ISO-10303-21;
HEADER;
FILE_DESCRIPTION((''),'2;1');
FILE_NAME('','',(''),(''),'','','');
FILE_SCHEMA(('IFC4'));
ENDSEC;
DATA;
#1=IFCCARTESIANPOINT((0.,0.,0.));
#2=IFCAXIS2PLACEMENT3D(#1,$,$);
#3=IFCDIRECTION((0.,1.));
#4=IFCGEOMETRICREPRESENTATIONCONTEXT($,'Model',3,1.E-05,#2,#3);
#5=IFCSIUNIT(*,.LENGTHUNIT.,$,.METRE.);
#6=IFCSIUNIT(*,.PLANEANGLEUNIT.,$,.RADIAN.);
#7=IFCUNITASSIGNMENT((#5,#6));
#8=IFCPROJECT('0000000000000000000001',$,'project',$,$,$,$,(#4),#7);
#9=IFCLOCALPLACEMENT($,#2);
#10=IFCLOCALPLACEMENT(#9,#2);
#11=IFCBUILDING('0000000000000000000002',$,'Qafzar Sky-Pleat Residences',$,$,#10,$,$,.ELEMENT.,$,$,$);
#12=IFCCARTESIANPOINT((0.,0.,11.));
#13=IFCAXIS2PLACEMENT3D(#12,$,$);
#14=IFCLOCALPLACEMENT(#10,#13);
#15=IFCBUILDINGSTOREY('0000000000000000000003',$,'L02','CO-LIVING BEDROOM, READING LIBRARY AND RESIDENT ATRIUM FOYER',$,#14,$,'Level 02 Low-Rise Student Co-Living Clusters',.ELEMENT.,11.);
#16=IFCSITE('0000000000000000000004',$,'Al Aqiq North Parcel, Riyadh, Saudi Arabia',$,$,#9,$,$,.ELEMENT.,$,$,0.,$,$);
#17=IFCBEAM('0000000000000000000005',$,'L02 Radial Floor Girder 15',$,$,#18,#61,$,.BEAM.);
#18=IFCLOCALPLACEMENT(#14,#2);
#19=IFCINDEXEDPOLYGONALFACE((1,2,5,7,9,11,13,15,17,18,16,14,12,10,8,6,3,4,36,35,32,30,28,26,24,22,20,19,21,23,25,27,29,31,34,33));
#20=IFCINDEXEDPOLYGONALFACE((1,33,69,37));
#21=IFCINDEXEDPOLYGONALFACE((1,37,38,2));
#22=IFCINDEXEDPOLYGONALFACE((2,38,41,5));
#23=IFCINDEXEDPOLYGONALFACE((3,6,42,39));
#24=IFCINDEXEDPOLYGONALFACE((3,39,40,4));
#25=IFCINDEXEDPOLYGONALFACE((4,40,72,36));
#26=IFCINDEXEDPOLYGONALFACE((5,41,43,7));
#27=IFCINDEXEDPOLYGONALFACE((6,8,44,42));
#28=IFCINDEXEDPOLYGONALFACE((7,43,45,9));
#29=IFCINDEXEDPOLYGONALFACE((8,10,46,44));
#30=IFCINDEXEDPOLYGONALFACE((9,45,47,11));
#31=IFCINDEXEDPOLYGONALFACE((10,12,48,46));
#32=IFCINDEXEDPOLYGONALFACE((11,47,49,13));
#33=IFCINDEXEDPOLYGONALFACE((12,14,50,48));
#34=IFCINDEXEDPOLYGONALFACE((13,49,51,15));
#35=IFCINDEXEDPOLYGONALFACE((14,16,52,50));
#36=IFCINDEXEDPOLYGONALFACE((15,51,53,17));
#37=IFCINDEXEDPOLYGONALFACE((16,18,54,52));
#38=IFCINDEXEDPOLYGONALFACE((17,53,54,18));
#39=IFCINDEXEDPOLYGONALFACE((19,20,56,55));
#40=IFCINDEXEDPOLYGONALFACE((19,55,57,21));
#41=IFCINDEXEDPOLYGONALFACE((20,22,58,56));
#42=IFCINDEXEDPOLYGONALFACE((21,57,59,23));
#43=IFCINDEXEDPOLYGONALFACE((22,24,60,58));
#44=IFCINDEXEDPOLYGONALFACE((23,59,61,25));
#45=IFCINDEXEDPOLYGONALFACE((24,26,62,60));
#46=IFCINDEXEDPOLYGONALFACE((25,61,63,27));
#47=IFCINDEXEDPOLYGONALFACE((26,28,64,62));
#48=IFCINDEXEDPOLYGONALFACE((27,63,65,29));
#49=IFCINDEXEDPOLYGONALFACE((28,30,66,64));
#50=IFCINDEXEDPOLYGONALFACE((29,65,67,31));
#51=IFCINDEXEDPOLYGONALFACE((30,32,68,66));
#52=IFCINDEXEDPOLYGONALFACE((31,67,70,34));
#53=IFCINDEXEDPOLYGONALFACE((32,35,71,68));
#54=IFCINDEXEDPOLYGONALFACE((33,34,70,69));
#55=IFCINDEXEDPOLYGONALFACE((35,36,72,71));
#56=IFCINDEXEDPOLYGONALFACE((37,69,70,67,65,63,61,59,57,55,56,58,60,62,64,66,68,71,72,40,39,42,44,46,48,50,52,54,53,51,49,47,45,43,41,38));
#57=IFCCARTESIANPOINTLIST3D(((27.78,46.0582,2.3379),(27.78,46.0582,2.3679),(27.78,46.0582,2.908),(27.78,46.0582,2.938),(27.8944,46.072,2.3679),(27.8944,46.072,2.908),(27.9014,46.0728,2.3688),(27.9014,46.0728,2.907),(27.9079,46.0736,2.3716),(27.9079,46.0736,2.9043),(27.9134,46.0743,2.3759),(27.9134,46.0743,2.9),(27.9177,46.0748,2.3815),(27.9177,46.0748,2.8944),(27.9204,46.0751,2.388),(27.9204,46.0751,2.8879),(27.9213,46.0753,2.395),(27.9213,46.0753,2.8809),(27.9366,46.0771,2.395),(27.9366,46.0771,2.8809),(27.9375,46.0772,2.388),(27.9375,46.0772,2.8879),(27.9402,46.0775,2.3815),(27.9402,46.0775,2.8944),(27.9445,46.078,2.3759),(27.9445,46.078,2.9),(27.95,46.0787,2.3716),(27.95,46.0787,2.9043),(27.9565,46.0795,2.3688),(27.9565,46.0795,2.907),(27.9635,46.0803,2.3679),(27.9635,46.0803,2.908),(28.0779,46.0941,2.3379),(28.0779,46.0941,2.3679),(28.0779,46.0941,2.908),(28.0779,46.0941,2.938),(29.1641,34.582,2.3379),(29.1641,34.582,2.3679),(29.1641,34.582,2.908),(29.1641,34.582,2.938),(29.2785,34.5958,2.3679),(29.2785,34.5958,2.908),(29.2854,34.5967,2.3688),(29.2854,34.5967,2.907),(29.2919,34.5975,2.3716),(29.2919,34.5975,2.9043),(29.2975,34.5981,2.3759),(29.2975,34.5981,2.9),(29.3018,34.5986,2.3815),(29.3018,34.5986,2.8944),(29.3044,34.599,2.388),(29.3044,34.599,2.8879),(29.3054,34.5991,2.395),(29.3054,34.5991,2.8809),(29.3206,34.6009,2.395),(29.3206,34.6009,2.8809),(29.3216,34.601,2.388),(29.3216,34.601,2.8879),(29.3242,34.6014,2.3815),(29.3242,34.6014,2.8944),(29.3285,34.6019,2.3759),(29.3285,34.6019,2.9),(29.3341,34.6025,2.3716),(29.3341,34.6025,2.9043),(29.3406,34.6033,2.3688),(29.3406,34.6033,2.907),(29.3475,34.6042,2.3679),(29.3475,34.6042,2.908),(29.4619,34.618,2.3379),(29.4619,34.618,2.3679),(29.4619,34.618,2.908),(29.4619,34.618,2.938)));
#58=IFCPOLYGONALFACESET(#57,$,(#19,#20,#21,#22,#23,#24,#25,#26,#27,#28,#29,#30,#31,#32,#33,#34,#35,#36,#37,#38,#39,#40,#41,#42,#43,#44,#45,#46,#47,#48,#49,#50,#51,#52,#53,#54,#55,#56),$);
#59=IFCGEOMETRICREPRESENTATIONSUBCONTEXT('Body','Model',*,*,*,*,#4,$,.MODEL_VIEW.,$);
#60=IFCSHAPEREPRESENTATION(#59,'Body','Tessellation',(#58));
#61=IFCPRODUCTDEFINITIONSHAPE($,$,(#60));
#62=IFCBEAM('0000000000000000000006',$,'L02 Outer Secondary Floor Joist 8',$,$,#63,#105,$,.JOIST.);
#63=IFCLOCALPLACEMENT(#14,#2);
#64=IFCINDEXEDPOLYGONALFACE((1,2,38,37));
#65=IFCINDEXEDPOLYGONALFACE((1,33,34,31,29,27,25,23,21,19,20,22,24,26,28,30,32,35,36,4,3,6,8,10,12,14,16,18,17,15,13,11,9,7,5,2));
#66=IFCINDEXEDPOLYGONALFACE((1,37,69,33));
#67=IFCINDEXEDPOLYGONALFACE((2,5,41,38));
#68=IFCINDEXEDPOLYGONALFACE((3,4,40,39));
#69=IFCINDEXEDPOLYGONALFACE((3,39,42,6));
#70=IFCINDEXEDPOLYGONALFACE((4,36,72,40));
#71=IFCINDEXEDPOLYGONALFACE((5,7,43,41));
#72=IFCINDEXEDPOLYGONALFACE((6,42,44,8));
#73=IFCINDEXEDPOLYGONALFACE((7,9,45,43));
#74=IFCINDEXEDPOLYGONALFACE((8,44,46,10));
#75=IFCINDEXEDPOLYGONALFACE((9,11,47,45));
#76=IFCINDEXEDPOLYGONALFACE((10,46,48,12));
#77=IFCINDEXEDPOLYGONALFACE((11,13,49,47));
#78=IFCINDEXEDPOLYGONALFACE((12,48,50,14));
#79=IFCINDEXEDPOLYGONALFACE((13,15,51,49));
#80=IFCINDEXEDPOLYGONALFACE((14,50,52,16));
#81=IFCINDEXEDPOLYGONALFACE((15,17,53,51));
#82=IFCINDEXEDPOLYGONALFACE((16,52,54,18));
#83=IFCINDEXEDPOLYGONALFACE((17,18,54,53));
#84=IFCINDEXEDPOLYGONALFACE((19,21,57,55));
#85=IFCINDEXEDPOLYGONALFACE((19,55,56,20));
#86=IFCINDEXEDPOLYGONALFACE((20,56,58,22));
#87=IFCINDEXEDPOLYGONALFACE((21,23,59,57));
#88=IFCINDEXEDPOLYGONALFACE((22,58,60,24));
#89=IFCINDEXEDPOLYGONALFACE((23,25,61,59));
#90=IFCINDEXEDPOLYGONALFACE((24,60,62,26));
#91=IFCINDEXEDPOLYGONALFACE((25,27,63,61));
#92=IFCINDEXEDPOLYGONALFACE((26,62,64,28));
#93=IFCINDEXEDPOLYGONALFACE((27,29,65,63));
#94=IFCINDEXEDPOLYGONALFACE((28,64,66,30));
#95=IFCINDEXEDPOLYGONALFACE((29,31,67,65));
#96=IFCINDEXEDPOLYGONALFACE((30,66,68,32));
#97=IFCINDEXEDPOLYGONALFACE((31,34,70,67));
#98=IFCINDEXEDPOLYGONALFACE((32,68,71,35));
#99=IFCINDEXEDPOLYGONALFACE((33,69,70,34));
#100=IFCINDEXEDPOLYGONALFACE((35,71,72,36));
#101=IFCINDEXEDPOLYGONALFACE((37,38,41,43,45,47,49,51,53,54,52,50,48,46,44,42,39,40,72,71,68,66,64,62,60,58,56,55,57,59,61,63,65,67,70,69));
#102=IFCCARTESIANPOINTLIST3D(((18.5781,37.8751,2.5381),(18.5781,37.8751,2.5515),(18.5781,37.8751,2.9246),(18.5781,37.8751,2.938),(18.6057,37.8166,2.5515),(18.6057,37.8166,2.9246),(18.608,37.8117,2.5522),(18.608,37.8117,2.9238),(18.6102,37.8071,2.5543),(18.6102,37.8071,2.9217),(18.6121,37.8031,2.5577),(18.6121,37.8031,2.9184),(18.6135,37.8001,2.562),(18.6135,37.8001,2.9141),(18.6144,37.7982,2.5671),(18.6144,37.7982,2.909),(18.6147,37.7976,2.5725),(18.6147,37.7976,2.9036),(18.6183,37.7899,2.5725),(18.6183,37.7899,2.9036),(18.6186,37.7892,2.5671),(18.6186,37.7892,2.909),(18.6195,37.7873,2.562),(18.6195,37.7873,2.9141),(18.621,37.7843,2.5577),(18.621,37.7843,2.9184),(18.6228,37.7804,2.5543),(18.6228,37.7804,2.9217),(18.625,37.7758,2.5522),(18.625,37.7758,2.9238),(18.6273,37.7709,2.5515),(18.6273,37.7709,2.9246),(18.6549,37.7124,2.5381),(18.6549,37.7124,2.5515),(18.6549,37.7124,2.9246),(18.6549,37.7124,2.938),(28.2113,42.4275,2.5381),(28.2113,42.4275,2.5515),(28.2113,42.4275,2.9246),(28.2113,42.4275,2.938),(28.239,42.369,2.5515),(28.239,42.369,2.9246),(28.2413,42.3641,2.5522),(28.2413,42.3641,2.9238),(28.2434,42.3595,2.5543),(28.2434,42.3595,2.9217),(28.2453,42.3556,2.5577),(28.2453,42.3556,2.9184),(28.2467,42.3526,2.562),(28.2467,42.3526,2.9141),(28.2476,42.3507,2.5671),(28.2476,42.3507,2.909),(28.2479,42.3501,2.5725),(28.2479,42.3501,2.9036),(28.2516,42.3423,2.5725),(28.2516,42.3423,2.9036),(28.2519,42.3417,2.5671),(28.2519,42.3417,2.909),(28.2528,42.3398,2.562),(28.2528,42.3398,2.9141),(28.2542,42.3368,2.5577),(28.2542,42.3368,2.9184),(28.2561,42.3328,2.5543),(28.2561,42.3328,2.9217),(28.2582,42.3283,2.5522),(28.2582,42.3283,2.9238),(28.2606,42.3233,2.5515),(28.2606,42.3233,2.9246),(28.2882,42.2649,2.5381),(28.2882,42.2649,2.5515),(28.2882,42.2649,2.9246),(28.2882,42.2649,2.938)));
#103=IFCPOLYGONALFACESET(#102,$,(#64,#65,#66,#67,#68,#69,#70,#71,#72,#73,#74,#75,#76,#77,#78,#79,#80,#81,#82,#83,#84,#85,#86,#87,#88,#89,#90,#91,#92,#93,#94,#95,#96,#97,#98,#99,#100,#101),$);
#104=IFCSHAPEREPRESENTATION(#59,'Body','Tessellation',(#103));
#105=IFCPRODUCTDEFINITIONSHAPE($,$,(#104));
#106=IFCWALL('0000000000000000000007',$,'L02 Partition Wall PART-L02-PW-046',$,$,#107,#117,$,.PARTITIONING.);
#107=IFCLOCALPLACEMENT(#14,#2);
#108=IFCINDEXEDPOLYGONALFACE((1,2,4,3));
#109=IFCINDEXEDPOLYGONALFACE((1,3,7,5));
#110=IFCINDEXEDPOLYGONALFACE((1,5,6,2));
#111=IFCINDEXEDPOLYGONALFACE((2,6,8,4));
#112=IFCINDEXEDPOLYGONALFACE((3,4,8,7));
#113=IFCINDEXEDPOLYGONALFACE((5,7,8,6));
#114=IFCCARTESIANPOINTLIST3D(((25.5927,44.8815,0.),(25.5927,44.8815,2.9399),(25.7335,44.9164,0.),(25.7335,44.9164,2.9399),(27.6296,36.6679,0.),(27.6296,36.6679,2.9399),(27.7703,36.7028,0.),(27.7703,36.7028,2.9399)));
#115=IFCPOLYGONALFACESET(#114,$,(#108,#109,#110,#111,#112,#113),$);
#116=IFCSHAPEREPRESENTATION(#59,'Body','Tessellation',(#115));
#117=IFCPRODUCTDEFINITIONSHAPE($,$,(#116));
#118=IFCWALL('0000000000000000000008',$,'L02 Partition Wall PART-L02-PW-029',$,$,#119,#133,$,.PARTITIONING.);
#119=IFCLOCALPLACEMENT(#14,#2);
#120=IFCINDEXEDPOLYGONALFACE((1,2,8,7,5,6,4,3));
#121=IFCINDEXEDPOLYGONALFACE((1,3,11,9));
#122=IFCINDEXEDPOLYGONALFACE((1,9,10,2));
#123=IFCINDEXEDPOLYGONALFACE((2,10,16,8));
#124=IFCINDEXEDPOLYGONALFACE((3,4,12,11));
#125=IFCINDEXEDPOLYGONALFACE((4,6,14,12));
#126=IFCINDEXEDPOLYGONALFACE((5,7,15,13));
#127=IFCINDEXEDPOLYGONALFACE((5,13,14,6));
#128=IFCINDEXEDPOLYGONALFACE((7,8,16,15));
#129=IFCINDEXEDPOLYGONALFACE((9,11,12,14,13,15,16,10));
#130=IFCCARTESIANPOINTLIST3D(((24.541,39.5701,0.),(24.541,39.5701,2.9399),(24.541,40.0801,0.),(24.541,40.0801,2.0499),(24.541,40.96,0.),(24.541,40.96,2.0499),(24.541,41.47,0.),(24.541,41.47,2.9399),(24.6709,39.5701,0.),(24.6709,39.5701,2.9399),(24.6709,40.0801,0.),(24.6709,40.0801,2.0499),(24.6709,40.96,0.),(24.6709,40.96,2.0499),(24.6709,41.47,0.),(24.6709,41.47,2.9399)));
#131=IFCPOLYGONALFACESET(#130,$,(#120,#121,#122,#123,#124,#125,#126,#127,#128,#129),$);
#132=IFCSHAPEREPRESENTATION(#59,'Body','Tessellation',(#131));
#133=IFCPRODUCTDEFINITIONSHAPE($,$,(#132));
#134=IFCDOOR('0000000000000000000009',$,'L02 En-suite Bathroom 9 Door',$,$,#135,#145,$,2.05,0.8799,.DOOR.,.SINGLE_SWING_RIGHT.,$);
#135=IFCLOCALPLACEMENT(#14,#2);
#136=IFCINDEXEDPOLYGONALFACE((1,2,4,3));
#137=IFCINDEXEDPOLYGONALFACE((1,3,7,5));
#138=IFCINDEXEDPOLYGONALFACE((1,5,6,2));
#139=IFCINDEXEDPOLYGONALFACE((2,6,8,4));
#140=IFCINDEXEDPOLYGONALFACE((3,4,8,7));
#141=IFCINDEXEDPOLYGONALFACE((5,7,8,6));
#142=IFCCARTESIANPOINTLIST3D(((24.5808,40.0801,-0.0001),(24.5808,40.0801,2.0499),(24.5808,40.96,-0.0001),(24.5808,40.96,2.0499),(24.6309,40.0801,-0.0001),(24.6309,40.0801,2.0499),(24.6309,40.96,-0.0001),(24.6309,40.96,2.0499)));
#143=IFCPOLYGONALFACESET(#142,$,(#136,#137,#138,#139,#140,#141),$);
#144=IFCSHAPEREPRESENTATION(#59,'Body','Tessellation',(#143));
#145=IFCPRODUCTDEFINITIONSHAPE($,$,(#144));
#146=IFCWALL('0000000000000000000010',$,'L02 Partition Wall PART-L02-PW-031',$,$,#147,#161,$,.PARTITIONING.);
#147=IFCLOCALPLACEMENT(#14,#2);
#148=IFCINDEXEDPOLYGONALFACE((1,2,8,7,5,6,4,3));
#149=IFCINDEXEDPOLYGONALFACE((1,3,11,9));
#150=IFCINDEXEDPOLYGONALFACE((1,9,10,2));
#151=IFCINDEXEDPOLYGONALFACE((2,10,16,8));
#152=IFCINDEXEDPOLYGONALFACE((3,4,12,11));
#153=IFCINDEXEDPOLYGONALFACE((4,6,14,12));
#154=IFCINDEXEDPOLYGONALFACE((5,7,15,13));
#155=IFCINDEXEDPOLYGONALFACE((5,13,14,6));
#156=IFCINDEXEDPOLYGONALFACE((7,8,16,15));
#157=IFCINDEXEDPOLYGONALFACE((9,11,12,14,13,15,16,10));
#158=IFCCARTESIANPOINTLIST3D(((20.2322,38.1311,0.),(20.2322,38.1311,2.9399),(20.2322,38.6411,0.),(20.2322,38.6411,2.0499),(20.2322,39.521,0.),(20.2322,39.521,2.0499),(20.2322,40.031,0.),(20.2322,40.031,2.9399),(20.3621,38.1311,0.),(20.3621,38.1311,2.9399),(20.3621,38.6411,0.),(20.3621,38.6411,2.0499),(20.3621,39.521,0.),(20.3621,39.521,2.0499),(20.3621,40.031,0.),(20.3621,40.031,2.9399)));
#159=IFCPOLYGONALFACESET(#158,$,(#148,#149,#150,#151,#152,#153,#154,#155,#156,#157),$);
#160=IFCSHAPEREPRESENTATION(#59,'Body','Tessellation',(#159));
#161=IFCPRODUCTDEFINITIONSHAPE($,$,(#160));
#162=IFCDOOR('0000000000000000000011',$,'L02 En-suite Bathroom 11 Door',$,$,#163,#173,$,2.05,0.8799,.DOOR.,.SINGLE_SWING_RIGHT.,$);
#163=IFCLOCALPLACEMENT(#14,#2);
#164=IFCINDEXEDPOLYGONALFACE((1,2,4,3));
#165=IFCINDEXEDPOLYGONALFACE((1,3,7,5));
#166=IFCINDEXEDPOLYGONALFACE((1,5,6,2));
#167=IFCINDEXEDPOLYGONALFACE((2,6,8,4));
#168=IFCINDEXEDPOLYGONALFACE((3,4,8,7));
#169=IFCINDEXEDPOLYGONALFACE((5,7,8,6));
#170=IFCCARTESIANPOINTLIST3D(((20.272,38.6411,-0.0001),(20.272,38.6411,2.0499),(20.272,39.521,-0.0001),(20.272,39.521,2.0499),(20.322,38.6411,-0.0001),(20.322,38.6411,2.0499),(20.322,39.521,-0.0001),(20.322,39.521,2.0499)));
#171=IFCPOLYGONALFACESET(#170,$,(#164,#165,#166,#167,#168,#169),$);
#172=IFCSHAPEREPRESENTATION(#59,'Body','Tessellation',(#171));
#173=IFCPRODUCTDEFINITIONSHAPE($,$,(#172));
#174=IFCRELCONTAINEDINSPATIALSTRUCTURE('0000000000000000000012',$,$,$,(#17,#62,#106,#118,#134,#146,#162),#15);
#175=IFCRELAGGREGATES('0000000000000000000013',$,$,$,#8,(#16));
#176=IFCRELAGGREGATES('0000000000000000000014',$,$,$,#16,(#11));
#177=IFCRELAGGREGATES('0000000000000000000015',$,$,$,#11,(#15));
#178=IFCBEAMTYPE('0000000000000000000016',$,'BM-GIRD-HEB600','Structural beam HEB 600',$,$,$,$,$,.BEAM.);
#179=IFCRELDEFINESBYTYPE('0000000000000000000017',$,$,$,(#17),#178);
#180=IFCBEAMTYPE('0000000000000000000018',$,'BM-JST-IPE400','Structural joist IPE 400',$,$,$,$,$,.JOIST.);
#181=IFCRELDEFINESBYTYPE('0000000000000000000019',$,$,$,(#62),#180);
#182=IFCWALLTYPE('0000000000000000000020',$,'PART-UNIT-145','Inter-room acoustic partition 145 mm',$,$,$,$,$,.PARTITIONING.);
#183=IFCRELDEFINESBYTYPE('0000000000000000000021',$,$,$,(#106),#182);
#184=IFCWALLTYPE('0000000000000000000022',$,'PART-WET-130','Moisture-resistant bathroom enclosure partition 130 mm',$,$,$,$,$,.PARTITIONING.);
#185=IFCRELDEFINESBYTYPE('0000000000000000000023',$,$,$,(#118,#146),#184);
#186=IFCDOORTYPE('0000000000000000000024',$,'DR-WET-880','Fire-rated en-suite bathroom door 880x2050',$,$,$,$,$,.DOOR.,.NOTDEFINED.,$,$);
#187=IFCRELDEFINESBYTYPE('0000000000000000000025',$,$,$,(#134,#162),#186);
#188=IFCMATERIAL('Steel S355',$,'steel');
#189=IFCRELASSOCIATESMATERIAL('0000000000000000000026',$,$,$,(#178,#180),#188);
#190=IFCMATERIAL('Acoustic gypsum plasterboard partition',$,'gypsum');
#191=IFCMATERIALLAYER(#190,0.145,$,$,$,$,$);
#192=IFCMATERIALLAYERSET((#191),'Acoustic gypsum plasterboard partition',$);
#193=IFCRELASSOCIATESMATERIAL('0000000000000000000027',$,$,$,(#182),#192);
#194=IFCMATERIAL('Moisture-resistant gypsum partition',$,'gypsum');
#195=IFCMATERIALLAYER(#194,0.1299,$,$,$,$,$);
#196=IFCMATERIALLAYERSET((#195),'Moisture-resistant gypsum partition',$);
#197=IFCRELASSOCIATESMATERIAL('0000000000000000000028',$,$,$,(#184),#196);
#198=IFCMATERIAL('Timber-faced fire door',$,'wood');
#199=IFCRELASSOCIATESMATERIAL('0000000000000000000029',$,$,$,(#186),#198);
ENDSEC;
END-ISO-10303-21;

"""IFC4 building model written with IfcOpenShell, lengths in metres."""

from ifc_helpers import new_model, si_unit, direction, frame, frame_2d, origin, origin_2d, place, context, subcontext, project, spatial, rectangle, i_section, extrude, source, transform, mapped, material, layer, layer_set, material_profile, profile_set, type_object, element, fill, save


model = new_model("IFC4")

# Units and contexts
model_context = context("Model", 3, precision=1e-05, world=origin(), true_north=direction((0.0, 1.0)))
body_context = subcontext(model_context, "Body", "Model", "MODEL_VIEW")
ifc_project = project(units=[si_unit("LENGTHUNIT", "METRE"), si_unit("PLANEANGLEUNIT", "RADIAN")], contexts=[model_context])

# Site, building, storey
site_placement = place(None, origin())
site = spatial("IfcSite", under=ifc_project, at=site_placement, Name="Al Aqiq North Parcel, Riyadh, Saudi Arabia", CompositionType="ELEMENT", RefElevation=0.0)
building_placement = place(site_placement, origin())
building = spatial("IfcBuilding", under=site, at=building_placement, Name="Qafzar Sky-Pleat Residences", CompositionType="ELEMENT")
storey_placement = place(building_placement, frame((0.0, 0.0, 11.0)))
storey = spatial("IfcBuildingStorey", under=building, at=storey_placement, Name="L02", Description="CO-LIVING BEDROOM, READING LIBRARY AND RESIDENT ATRIUM FOYER", LongName="Level 02 Low-Rise Student Co-Living Clusters", CompositionType="ELEMENT", Elevation=11.0)

# Beams
ifc_material_1 = material(Name="Steel S355", Category="steel")
ifc_material_profile_1 = material_profile(ifc_material_1, i_section(OverallWidth=0.3, OverallDepth=0.6001, WebThickness=0.0154, FlangeThickness=0.03, FilletRadius=0.0271, at=origin_2d()), Name="HEB 600")
ifc_profile_set_1 = profile_set([ifc_material_profile_1], Name="Steel S355")
beam_type_1 = type_object("IfcBeamType", Name="BM-GIRD-HEB600", Description="Structural beam HEB 600", PredefinedType="BEAM", material=ifc_profile_set_1)
shared_shape_1 = source(origin(), body_context, "Body", "SweptSolid", [
    extrude(i_section(OverallWidth=0.3, OverallDepth=0.6001, WebThickness=0.0154, FlangeThickness=0.03, FilletRadius=0.0271, at=origin_2d()), origin(), (0.0, 0.0, 1.0), 11.5593),
])
beam_1_placement = place(storey_placement, frame((27.929, 46.0762, 2.6379), z_axis=(0.119734, -0.992806, 0.0), x_axis=(0.992806, 0.119734, 0.0)))
element("IfcBeam", 1, at=beam_1_placement, inside=storey, type_object=beam_type_1, Name="L02 Radial Floor Girder 15", PredefinedType="BEAM", context=body_context, shape_type="MappedRepresentation", body=[
    mapped(shared_shape_1, transform((0.0, 0.0, 0.0), x_axis=(1.0, 0.0, 0.0), y_axis=(0.0, 1.0, 0.0), z_axis=(0.0, 0.0, 1.0), scale=1.0)),
])
ifc_material_profile_2 = material_profile(ifc_material_1, i_section(OverallWidth=0.1799, OverallDepth=0.3999, WebThickness=0.0085, FlangeThickness=0.0134, FilletRadius=0.021, at=origin_2d()), Name="IPE 400")
ifc_profile_set_2 = profile_set([ifc_material_profile_2], Name="Steel S355")
beam_type_2 = type_object("IfcBeamType", Name="BM-JST-IPE400", Description="Structural joist IPE 400", PredefinedType="JOIST", material=ifc_profile_set_2)
shared_shape_2 = source(origin(), body_context, "Body", "SweptSolid", [
    extrude(i_section(OverallWidth=0.1799, OverallDepth=0.3999, WebThickness=0.0085, FlangeThickness=0.0134, FilletRadius=0.021, at=origin_2d()), origin(), (0.0, 0.0, 1.0), 10.6548),
])
beam_2_placement = place(storey_placement, frame((28.2498, 42.3462, 2.738), z_axis=(-0.904124, -0.42727, 0.0), x_axis=(0.42727, -0.904124, 0.0)))
element("IfcBeam", 2, at=beam_2_placement, inside=storey, type_object=beam_type_2, Name="L02 Outer Secondary Floor Joist 8", PredefinedType="JOIST", context=body_context, shape_type="MappedRepresentation", body=[
    mapped(shared_shape_2, transform((0.0, 0.0, 0.0), x_axis=(1.0, 0.0, 0.0), y_axis=(0.0, 1.0, 0.0), z_axis=(0.0, 0.0, 1.0), scale=1.0)),
])

# Wall
ifc_material_2 = material(Name="Acoustic gypsum plasterboard partition", Category="gypsum")
ifc_layer_1 = layer(ifc_material_2, 0.145)
ifc_layer_set_1 = layer_set([ifc_layer_1], Name="Acoustic gypsum plasterboard partition")
wall_type_1 = type_object("IfcWallType", Name="PART-UNIT-145", Description="Inter-room acoustic partition 145 mm", PredefinedType="PARTITIONING", material=ifc_layer_set_1)
wall_1_placement = place(storey_placement, frame((25.6631, 44.8989, 0.0), z_axis=(0.0, 0.0, 1.0), x_axis=(0.240696, -0.970601, 0.0)))
element("IfcWall", 3, at=wall_1_placement, inside=storey, type_object=wall_type_1, Name="L02 Partition Wall PART-L02-PW-046", PredefinedType="PARTITIONING", context=body_context, shape_type="SweptSolid", body=[
    extrude(rectangle(XDim=8.4624, YDim=0.145, at=frame_2d((4.2312, 0.0))), origin(), (0.0, 0.0, 1.0), 2.9399),
])

# Walls, openings, doors
ifc_material_3 = material(Name="Moisture-resistant gypsum partition", Category="gypsum")
ifc_layer_2 = layer(ifc_material_3, 0.1299)
ifc_layer_set_2 = layer_set([ifc_layer_2], Name="Moisture-resistant gypsum partition")
wall_type_2 = type_object("IfcWallType", Name="PART-WET-130", Description="Moisture-resistant bathroom enclosure partition 130 mm", PredefinedType="PARTITIONING", material=ifc_layer_set_2)
wall_2_placement = place(storey_placement, frame((24.606, 41.47, 0.0), z_axis=(0.0, 0.0, 1.0), x_axis=(0.0, -1.0, 0.0)))
wall_2 = element("IfcWall", 4, at=wall_2_placement, inside=storey, type_object=wall_type_2, Name="L02 Partition Wall PART-L02-PW-029", PredefinedType="PARTITIONING", context=body_context, shape_type="SweptSolid", body=[
    extrude(rectangle(XDim=1.8999, YDim=0.1299, at=frame_2d((0.95, 0.0))), origin(), (0.0, 0.0, 1.0), 2.9399),
])
opening_1_placement = place(wall_2_placement, frame((0.51, 0.0, 0.0)))
opening_1 = element("IfcOpeningElement", 5, at=opening_1_placement, cuts=wall_2, PredefinedType="OPENING", context=body_context, shape_type="SweptSolid", body=[
    extrude(rectangle(XDim=0.8799, YDim=2.05, at=frame_2d((0.4399, 1.0249))), frame((0.0, 0.075, 0.0), z_axis=(0.0, -1.0, 0.0), x_axis=(1.0, 0.0, 0.0)), (0.0, 0.0, 1.0), 0.1499),
])
ifc_material_4 = material(Name="Timber-faced fire door", Category="wood")
door_type = type_object("IfcDoorType", Name="DR-WET-880", Description="Fire-rated en-suite bathroom door 880x2050", OperationType="NOTDEFINED", PredefinedType="DOOR", material=ifc_material_4)
shared_shape_3 = source(origin(), body_context, "Body", "SweptSolid", [
    extrude(rectangle(XDim=0.8799, YDim=2.05, at=frame_2d((0.4399, 1.0249))), frame((0.0, 0.0249, 0.0), z_axis=(0.0, -1.0, 0.0), x_axis=(1.0, 0.0, 0.0)), (0.0, 0.0, 1.0), 0.05),
])
door_1_placement = place(opening_1_placement, origin())
door_1 = element("IfcDoor", 6, at=door_1_placement, inside=storey, type_object=door_type, Name="L02 En-suite Bathroom 9 Door", OperationType="SINGLE_SWING_RIGHT", OverallHeight=2.05, OverallWidth=0.8799, PredefinedType="DOOR", context=body_context, shape_type="MappedRepresentation", body=[
    mapped(shared_shape_3, transform((0.0, 0.0, 0.0), x_axis=(1.0, 0.0, 0.0), y_axis=(0.0, 1.0, 0.0), z_axis=(0.0, 0.0, 1.0), scale=1.0)),
])
fill(opening_1, door_1)
wall_3_placement = place(storey_placement, frame((20.2971, 40.031, 0.0), z_axis=(0.0, 0.0, 1.0), x_axis=(0.0, -1.0, 0.0)))
wall_3 = element("IfcWall", 7, at=wall_3_placement, inside=storey, type_object=wall_type_2, Name="L02 Partition Wall PART-L02-PW-031", PredefinedType="PARTITIONING", context=body_context, shape_type="SweptSolid", body=[
    extrude(rectangle(XDim=1.8999, YDim=0.1299, at=frame_2d((0.95, 0.0))), origin(), (0.0, 0.0, 1.0), 2.9399),
])
opening_2_placement = place(wall_3_placement, frame((0.51, 0.0, 0.0)))
opening_2 = element("IfcOpeningElement", 8, at=opening_2_placement, cuts=wall_3, PredefinedType="OPENING", context=body_context, shape_type="SweptSolid", body=[
    extrude(rectangle(XDim=0.8799, YDim=2.05, at=frame_2d((0.4399, 1.0249))), frame((0.0, 0.075, 0.0), z_axis=(0.0, -1.0, 0.0), x_axis=(1.0, 0.0, 0.0)), (0.0, 0.0, 1.0), 0.1499),
])
door_2_placement = place(opening_2_placement, origin())
door_2 = element("IfcDoor", 9, at=door_2_placement, inside=storey, type_object=door_type, Name="L02 En-suite Bathroom 11 Door", OperationType="SINGLE_SWING_RIGHT", OverallHeight=2.05, OverallWidth=0.8799, PredefinedType="DOOR", context=body_context, shape_type="MappedRepresentation", body=[
    mapped(shared_shape_3, transform((0.0, 0.0, 0.0), x_axis=(1.0, 0.0, 0.0), y_axis=(0.0, 1.0, 0.0), z_axis=(0.0, 0.0, 1.0), scale=1.0)),
])
fill(opening_2, door_2)

save(model, "model.ifc")
